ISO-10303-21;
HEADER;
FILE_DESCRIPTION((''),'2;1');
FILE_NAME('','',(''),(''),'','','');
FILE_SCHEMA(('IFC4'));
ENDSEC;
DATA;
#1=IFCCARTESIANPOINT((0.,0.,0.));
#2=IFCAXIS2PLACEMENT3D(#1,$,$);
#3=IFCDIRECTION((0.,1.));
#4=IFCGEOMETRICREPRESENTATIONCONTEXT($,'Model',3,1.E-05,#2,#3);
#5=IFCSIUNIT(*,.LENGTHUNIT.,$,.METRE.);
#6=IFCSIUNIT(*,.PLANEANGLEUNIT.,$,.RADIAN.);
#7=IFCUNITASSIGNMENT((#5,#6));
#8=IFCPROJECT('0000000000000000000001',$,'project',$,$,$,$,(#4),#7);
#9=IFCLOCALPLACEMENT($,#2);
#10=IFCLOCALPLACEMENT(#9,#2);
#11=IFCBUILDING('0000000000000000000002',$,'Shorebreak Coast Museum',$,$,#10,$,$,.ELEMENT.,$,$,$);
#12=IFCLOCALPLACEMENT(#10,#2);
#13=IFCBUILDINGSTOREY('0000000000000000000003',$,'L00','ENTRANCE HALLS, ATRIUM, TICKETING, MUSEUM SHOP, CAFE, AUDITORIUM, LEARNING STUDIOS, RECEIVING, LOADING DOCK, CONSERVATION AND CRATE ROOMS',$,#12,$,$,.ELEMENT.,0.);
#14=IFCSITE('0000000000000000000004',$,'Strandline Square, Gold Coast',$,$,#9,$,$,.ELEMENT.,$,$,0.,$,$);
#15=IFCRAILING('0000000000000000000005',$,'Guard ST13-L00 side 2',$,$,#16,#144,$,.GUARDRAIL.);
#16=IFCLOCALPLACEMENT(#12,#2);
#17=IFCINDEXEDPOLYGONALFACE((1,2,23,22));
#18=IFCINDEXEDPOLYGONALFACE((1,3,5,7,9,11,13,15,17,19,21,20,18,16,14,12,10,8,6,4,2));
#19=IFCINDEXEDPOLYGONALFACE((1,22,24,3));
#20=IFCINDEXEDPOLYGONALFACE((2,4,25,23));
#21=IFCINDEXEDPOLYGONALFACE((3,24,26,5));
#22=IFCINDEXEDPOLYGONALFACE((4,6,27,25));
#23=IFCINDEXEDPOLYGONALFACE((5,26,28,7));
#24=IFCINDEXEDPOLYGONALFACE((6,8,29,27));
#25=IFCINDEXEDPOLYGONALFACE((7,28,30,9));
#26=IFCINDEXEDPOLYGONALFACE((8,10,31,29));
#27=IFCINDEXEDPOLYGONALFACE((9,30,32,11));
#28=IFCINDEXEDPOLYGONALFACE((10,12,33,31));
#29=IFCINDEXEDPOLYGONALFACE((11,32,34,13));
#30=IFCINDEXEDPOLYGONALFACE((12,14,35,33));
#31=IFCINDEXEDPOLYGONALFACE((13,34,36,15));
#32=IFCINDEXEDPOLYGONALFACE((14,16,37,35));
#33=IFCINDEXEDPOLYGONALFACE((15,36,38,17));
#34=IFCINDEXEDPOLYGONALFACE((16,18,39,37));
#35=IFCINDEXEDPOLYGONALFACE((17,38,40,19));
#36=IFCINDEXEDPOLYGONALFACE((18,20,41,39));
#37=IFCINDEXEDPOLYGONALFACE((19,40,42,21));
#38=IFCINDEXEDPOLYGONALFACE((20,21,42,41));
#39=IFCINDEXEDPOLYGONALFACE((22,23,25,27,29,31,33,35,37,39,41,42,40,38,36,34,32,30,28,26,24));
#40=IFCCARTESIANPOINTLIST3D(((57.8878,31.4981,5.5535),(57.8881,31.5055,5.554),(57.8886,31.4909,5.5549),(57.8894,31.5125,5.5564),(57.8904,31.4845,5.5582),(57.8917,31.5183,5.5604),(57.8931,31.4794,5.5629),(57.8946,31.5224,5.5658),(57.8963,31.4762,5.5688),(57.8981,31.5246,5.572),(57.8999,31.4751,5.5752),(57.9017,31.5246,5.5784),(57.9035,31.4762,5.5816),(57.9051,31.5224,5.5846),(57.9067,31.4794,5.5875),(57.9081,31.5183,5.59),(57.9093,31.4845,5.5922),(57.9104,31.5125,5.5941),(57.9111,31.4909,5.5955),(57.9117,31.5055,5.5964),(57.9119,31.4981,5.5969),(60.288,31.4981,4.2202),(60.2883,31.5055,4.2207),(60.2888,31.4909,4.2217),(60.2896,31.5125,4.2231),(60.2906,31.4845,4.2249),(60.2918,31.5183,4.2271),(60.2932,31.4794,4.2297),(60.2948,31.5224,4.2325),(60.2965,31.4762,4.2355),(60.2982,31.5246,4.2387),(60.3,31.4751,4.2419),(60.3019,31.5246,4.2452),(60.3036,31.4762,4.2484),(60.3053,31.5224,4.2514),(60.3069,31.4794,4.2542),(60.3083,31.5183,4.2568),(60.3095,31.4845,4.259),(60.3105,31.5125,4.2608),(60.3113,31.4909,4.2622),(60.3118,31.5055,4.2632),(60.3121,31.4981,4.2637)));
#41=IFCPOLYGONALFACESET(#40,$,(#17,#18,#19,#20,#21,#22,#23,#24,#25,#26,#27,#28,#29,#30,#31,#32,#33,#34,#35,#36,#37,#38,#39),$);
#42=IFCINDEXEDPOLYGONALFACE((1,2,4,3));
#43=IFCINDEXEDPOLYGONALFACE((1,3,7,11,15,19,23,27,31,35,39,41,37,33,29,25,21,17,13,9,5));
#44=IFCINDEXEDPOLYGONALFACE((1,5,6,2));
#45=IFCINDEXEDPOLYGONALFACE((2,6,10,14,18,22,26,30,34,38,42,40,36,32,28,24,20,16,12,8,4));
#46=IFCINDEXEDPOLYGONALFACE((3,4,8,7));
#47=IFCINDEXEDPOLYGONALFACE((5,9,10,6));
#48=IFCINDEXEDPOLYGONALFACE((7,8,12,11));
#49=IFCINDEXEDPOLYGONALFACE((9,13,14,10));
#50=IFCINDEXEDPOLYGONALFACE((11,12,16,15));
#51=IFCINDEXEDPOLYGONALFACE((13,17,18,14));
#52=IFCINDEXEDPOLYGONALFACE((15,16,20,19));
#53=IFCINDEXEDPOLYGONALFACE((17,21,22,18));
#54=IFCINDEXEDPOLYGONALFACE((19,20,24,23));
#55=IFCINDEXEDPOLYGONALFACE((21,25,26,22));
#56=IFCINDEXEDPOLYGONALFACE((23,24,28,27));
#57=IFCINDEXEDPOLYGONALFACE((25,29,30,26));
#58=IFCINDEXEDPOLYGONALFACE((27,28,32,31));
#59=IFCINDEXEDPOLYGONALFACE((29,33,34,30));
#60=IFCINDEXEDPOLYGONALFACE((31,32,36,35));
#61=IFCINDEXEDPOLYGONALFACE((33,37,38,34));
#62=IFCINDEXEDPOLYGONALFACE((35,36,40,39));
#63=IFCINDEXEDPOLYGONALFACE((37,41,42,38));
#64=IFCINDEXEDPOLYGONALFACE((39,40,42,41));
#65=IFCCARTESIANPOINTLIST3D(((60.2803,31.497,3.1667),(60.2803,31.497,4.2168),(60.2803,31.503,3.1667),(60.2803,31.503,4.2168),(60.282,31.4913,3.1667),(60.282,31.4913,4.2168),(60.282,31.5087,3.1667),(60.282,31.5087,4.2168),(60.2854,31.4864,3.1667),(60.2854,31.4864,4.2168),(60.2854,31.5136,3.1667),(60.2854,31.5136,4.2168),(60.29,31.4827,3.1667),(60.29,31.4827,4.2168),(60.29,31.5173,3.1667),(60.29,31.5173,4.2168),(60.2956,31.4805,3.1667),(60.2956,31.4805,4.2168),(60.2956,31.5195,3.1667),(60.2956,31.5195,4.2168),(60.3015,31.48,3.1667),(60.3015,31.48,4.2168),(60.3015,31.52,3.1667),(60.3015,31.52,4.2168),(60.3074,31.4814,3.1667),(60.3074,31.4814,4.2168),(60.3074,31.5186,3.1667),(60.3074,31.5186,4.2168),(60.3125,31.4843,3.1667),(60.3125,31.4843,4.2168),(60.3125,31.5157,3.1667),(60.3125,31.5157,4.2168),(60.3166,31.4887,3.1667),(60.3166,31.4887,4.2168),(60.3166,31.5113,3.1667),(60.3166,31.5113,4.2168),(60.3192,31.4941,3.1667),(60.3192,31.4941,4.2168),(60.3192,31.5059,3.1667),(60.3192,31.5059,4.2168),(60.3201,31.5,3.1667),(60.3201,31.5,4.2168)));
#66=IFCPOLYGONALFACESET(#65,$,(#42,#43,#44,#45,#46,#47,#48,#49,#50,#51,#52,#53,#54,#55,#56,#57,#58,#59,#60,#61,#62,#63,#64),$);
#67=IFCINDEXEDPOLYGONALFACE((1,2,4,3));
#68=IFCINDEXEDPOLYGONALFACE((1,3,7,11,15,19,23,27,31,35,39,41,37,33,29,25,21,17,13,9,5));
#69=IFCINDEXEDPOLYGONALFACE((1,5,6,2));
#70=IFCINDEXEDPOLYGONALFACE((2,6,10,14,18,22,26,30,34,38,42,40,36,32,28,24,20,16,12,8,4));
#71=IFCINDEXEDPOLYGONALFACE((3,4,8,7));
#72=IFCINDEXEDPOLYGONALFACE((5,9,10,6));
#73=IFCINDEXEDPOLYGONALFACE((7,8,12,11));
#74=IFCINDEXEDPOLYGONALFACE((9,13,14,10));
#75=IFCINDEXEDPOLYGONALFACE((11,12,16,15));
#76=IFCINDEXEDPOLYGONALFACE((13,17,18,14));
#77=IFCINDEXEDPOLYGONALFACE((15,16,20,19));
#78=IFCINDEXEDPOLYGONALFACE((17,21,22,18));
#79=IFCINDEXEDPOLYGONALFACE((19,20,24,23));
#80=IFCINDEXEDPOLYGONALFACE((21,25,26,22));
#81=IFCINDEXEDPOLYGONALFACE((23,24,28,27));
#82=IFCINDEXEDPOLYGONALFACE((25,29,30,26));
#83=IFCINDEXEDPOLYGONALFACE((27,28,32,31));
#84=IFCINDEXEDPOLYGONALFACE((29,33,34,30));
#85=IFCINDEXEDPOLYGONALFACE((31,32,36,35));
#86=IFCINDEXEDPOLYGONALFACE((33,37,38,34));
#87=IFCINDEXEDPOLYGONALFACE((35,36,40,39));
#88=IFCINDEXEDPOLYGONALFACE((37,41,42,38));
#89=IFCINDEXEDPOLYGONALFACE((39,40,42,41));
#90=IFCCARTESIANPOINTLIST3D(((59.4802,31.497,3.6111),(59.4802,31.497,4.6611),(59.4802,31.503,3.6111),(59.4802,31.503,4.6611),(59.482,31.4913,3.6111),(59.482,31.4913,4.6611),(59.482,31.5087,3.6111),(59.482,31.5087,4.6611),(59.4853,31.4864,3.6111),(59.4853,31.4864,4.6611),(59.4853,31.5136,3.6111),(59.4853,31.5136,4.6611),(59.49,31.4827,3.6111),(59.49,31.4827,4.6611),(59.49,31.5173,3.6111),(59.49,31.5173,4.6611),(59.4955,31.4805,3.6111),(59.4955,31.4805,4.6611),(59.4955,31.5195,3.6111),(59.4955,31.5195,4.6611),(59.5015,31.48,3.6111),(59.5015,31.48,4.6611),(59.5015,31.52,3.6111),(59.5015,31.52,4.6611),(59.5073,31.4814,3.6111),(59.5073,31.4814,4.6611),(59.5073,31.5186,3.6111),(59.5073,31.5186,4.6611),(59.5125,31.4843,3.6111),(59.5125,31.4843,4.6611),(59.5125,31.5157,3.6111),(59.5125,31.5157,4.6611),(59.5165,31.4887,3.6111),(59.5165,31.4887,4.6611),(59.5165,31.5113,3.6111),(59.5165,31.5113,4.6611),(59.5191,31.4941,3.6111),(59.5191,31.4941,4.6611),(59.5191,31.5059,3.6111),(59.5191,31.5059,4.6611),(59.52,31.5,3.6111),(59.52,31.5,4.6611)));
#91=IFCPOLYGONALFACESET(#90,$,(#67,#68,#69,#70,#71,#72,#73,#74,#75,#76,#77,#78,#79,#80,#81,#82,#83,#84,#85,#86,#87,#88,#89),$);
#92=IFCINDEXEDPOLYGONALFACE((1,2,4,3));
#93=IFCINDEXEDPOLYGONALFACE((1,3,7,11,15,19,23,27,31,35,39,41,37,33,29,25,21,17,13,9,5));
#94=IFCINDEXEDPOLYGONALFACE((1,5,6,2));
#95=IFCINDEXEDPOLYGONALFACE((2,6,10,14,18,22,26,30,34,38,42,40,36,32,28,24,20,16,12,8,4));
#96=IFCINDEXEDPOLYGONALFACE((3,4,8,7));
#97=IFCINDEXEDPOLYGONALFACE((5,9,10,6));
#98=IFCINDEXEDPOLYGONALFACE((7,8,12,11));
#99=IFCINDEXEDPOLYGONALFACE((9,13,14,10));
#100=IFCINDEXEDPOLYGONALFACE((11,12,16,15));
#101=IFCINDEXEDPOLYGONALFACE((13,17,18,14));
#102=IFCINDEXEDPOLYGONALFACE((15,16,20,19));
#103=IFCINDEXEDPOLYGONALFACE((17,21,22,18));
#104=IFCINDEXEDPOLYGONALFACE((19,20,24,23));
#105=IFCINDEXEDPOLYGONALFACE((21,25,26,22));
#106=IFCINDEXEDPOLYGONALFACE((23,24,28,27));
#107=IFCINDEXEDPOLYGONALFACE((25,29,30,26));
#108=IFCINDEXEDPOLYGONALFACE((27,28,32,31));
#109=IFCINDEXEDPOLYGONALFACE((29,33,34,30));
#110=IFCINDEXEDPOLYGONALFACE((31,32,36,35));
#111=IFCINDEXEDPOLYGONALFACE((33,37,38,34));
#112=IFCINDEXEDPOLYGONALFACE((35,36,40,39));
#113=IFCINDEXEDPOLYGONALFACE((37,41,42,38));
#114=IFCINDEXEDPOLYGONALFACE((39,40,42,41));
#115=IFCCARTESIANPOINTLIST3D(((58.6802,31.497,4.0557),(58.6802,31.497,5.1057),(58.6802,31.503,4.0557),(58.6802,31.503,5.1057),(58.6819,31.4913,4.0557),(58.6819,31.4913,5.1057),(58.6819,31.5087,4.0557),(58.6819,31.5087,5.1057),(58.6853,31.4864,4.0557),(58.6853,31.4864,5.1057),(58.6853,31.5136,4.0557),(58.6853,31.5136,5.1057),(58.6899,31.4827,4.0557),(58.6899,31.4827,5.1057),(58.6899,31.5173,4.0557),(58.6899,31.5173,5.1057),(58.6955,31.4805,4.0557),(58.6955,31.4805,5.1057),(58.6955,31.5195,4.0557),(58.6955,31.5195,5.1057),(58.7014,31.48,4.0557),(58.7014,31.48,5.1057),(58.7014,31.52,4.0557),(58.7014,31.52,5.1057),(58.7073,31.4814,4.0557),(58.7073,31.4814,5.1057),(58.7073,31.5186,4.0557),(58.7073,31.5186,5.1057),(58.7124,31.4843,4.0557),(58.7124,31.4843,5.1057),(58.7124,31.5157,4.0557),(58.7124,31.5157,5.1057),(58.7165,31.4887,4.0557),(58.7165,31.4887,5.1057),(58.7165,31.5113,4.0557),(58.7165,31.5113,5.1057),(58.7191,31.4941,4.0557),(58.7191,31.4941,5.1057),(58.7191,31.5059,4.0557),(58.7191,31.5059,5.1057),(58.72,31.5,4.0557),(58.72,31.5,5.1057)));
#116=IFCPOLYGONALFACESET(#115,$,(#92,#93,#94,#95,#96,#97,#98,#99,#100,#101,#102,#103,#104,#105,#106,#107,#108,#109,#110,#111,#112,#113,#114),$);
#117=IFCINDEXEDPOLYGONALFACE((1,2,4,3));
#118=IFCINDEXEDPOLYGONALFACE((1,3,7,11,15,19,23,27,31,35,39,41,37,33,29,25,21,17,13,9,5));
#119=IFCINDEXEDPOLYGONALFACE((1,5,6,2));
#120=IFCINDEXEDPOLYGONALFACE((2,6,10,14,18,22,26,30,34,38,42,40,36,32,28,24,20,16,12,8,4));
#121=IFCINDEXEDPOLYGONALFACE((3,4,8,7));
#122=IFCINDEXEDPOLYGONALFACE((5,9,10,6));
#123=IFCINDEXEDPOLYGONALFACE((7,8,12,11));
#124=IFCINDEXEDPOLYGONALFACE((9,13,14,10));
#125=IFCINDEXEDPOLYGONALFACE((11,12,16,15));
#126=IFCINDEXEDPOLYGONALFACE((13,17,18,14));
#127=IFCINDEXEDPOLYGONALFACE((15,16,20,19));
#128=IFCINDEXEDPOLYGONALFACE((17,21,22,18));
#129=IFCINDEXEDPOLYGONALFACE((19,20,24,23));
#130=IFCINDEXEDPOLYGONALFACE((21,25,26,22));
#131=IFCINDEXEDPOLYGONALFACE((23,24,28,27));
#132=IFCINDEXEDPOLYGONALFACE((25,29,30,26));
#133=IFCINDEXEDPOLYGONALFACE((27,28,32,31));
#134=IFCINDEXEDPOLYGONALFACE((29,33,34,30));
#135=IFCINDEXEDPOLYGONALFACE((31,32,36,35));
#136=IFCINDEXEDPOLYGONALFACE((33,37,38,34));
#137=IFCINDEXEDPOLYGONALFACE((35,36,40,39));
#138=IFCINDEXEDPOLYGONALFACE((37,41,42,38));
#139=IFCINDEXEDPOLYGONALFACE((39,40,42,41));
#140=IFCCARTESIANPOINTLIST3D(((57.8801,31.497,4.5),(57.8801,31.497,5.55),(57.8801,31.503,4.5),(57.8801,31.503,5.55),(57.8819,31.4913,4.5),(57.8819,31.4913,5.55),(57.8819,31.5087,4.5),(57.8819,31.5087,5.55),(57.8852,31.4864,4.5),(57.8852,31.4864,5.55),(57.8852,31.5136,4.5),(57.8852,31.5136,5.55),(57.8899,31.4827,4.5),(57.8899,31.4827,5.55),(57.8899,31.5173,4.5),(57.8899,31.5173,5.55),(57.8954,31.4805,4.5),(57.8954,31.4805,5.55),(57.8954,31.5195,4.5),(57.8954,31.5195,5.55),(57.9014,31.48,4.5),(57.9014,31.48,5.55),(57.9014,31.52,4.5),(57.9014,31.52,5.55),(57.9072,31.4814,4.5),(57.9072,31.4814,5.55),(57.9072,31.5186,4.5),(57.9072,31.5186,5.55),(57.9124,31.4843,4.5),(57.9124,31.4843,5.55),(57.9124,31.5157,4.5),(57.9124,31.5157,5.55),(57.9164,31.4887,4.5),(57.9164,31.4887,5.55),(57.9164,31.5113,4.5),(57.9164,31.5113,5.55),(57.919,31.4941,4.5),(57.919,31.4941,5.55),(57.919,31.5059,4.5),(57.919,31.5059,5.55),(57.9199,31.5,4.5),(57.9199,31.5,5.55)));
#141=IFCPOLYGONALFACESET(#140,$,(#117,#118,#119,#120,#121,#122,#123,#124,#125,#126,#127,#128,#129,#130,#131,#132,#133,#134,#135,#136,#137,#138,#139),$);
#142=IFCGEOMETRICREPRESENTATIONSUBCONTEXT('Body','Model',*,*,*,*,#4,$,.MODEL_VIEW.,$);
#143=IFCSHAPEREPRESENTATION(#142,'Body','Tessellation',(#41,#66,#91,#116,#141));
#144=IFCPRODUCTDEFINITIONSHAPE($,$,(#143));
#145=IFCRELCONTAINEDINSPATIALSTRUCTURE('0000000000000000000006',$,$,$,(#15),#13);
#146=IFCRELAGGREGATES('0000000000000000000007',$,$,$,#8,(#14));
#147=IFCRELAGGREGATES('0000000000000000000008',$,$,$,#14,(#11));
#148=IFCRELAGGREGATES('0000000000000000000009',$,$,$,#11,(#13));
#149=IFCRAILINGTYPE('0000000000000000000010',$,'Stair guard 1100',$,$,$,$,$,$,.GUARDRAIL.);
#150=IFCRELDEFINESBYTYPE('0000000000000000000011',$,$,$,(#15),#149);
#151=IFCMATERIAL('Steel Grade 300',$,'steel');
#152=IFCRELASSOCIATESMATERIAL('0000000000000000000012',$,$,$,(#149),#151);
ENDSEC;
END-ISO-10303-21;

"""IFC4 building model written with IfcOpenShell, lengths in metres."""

from ifc_helpers import new_model, si_unit, direction, frame, origin, origin_2d, place, context, subcontext, project, spatial, circle, extrude, material, type_object, element, save


model = new_model("IFC4")

# Units and contexts
model_context = context("Model", 3, precision=1e-05, world=origin(), true_north=direction((0.0, 1.0)))
body_context = subcontext(model_context, "Body", "Model", "MODEL_VIEW")
ifc_project = project(units=[si_unit("LENGTHUNIT", "METRE"), si_unit("PLANEANGLEUNIT", "RADIAN")], contexts=[model_context])

# Site, building, storey
site_placement = place(None, origin())
site = spatial("IfcSite", under=ifc_project, at=site_placement, Name="Strandline Square, Gold Coast", CompositionType="ELEMENT", RefElevation=0.0)
building_placement = place(site_placement, origin())
building = spatial("IfcBuilding", under=site, at=building_placement, Name="Shorebreak Coast Museum", CompositionType="ELEMENT")
storey_placement = place(building_placement, origin())
storey = spatial("IfcBuildingStorey", under=building, at=storey_placement, Name="L00", Description="ENTRANCE HALLS, ATRIUM, TICKETING, MUSEUM SHOP, CAFE, AUDITORIUM, LEARNING STUDIOS, RECEIVING, LOADING DOCK, CONSERVATION AND CRATE ROOMS", CompositionType="ELEMENT", Elevation=0.0)

# Railing
ifc_material_1 = material(Name="Steel Grade 300", Category="steel")
railing_type_1 = type_object("IfcRailingType", Name="Stair guard 1100", PredefinedType="GUARDRAIL", material=ifc_material_1)
railing_1_placement = place(storey_placement, frame((60.3, 31.5, 3.1667)))
element("IfcRailing", 1, at=railing_1_placement, inside=storey, type_object=railing_type_1, Name="Guard ST13-L00 side 2", PredefinedType="GUARDRAIL", context=body_context, shape_type="SweptSolid", body=[
    extrude(circle(Radius=0.0249, at=origin_2d()), frame((0.0, 0.0, 1.0752), z_axis=(-0.874182, 0.0, 0.485598), x_axis=(0.0, -1.0, 0.0)), (0.0, 0.0, 1.0), 2.7456),
    extrude(circle(Radius=0.02, at=origin_2d()), origin(), (0.0, 0.0, 1.0), 1.05),
    extrude(circle(Radius=0.02, at=origin_2d()), frame((-0.8, 0.0, 0.4443)), (0.0, 0.0, 1.0), 1.05),
    extrude(circle(Radius=0.02, at=origin_2d()), frame((-1.6001, 0.0, 0.8889)), (0.0, 0.0, 1.0), 1.05),
    extrude(circle(Radius=0.02, at=origin_2d()), frame((-2.4001, 0.0, 1.3333)), (0.0, 0.0, 1.0), 1.05),
])

save(model, "model.ifc")
